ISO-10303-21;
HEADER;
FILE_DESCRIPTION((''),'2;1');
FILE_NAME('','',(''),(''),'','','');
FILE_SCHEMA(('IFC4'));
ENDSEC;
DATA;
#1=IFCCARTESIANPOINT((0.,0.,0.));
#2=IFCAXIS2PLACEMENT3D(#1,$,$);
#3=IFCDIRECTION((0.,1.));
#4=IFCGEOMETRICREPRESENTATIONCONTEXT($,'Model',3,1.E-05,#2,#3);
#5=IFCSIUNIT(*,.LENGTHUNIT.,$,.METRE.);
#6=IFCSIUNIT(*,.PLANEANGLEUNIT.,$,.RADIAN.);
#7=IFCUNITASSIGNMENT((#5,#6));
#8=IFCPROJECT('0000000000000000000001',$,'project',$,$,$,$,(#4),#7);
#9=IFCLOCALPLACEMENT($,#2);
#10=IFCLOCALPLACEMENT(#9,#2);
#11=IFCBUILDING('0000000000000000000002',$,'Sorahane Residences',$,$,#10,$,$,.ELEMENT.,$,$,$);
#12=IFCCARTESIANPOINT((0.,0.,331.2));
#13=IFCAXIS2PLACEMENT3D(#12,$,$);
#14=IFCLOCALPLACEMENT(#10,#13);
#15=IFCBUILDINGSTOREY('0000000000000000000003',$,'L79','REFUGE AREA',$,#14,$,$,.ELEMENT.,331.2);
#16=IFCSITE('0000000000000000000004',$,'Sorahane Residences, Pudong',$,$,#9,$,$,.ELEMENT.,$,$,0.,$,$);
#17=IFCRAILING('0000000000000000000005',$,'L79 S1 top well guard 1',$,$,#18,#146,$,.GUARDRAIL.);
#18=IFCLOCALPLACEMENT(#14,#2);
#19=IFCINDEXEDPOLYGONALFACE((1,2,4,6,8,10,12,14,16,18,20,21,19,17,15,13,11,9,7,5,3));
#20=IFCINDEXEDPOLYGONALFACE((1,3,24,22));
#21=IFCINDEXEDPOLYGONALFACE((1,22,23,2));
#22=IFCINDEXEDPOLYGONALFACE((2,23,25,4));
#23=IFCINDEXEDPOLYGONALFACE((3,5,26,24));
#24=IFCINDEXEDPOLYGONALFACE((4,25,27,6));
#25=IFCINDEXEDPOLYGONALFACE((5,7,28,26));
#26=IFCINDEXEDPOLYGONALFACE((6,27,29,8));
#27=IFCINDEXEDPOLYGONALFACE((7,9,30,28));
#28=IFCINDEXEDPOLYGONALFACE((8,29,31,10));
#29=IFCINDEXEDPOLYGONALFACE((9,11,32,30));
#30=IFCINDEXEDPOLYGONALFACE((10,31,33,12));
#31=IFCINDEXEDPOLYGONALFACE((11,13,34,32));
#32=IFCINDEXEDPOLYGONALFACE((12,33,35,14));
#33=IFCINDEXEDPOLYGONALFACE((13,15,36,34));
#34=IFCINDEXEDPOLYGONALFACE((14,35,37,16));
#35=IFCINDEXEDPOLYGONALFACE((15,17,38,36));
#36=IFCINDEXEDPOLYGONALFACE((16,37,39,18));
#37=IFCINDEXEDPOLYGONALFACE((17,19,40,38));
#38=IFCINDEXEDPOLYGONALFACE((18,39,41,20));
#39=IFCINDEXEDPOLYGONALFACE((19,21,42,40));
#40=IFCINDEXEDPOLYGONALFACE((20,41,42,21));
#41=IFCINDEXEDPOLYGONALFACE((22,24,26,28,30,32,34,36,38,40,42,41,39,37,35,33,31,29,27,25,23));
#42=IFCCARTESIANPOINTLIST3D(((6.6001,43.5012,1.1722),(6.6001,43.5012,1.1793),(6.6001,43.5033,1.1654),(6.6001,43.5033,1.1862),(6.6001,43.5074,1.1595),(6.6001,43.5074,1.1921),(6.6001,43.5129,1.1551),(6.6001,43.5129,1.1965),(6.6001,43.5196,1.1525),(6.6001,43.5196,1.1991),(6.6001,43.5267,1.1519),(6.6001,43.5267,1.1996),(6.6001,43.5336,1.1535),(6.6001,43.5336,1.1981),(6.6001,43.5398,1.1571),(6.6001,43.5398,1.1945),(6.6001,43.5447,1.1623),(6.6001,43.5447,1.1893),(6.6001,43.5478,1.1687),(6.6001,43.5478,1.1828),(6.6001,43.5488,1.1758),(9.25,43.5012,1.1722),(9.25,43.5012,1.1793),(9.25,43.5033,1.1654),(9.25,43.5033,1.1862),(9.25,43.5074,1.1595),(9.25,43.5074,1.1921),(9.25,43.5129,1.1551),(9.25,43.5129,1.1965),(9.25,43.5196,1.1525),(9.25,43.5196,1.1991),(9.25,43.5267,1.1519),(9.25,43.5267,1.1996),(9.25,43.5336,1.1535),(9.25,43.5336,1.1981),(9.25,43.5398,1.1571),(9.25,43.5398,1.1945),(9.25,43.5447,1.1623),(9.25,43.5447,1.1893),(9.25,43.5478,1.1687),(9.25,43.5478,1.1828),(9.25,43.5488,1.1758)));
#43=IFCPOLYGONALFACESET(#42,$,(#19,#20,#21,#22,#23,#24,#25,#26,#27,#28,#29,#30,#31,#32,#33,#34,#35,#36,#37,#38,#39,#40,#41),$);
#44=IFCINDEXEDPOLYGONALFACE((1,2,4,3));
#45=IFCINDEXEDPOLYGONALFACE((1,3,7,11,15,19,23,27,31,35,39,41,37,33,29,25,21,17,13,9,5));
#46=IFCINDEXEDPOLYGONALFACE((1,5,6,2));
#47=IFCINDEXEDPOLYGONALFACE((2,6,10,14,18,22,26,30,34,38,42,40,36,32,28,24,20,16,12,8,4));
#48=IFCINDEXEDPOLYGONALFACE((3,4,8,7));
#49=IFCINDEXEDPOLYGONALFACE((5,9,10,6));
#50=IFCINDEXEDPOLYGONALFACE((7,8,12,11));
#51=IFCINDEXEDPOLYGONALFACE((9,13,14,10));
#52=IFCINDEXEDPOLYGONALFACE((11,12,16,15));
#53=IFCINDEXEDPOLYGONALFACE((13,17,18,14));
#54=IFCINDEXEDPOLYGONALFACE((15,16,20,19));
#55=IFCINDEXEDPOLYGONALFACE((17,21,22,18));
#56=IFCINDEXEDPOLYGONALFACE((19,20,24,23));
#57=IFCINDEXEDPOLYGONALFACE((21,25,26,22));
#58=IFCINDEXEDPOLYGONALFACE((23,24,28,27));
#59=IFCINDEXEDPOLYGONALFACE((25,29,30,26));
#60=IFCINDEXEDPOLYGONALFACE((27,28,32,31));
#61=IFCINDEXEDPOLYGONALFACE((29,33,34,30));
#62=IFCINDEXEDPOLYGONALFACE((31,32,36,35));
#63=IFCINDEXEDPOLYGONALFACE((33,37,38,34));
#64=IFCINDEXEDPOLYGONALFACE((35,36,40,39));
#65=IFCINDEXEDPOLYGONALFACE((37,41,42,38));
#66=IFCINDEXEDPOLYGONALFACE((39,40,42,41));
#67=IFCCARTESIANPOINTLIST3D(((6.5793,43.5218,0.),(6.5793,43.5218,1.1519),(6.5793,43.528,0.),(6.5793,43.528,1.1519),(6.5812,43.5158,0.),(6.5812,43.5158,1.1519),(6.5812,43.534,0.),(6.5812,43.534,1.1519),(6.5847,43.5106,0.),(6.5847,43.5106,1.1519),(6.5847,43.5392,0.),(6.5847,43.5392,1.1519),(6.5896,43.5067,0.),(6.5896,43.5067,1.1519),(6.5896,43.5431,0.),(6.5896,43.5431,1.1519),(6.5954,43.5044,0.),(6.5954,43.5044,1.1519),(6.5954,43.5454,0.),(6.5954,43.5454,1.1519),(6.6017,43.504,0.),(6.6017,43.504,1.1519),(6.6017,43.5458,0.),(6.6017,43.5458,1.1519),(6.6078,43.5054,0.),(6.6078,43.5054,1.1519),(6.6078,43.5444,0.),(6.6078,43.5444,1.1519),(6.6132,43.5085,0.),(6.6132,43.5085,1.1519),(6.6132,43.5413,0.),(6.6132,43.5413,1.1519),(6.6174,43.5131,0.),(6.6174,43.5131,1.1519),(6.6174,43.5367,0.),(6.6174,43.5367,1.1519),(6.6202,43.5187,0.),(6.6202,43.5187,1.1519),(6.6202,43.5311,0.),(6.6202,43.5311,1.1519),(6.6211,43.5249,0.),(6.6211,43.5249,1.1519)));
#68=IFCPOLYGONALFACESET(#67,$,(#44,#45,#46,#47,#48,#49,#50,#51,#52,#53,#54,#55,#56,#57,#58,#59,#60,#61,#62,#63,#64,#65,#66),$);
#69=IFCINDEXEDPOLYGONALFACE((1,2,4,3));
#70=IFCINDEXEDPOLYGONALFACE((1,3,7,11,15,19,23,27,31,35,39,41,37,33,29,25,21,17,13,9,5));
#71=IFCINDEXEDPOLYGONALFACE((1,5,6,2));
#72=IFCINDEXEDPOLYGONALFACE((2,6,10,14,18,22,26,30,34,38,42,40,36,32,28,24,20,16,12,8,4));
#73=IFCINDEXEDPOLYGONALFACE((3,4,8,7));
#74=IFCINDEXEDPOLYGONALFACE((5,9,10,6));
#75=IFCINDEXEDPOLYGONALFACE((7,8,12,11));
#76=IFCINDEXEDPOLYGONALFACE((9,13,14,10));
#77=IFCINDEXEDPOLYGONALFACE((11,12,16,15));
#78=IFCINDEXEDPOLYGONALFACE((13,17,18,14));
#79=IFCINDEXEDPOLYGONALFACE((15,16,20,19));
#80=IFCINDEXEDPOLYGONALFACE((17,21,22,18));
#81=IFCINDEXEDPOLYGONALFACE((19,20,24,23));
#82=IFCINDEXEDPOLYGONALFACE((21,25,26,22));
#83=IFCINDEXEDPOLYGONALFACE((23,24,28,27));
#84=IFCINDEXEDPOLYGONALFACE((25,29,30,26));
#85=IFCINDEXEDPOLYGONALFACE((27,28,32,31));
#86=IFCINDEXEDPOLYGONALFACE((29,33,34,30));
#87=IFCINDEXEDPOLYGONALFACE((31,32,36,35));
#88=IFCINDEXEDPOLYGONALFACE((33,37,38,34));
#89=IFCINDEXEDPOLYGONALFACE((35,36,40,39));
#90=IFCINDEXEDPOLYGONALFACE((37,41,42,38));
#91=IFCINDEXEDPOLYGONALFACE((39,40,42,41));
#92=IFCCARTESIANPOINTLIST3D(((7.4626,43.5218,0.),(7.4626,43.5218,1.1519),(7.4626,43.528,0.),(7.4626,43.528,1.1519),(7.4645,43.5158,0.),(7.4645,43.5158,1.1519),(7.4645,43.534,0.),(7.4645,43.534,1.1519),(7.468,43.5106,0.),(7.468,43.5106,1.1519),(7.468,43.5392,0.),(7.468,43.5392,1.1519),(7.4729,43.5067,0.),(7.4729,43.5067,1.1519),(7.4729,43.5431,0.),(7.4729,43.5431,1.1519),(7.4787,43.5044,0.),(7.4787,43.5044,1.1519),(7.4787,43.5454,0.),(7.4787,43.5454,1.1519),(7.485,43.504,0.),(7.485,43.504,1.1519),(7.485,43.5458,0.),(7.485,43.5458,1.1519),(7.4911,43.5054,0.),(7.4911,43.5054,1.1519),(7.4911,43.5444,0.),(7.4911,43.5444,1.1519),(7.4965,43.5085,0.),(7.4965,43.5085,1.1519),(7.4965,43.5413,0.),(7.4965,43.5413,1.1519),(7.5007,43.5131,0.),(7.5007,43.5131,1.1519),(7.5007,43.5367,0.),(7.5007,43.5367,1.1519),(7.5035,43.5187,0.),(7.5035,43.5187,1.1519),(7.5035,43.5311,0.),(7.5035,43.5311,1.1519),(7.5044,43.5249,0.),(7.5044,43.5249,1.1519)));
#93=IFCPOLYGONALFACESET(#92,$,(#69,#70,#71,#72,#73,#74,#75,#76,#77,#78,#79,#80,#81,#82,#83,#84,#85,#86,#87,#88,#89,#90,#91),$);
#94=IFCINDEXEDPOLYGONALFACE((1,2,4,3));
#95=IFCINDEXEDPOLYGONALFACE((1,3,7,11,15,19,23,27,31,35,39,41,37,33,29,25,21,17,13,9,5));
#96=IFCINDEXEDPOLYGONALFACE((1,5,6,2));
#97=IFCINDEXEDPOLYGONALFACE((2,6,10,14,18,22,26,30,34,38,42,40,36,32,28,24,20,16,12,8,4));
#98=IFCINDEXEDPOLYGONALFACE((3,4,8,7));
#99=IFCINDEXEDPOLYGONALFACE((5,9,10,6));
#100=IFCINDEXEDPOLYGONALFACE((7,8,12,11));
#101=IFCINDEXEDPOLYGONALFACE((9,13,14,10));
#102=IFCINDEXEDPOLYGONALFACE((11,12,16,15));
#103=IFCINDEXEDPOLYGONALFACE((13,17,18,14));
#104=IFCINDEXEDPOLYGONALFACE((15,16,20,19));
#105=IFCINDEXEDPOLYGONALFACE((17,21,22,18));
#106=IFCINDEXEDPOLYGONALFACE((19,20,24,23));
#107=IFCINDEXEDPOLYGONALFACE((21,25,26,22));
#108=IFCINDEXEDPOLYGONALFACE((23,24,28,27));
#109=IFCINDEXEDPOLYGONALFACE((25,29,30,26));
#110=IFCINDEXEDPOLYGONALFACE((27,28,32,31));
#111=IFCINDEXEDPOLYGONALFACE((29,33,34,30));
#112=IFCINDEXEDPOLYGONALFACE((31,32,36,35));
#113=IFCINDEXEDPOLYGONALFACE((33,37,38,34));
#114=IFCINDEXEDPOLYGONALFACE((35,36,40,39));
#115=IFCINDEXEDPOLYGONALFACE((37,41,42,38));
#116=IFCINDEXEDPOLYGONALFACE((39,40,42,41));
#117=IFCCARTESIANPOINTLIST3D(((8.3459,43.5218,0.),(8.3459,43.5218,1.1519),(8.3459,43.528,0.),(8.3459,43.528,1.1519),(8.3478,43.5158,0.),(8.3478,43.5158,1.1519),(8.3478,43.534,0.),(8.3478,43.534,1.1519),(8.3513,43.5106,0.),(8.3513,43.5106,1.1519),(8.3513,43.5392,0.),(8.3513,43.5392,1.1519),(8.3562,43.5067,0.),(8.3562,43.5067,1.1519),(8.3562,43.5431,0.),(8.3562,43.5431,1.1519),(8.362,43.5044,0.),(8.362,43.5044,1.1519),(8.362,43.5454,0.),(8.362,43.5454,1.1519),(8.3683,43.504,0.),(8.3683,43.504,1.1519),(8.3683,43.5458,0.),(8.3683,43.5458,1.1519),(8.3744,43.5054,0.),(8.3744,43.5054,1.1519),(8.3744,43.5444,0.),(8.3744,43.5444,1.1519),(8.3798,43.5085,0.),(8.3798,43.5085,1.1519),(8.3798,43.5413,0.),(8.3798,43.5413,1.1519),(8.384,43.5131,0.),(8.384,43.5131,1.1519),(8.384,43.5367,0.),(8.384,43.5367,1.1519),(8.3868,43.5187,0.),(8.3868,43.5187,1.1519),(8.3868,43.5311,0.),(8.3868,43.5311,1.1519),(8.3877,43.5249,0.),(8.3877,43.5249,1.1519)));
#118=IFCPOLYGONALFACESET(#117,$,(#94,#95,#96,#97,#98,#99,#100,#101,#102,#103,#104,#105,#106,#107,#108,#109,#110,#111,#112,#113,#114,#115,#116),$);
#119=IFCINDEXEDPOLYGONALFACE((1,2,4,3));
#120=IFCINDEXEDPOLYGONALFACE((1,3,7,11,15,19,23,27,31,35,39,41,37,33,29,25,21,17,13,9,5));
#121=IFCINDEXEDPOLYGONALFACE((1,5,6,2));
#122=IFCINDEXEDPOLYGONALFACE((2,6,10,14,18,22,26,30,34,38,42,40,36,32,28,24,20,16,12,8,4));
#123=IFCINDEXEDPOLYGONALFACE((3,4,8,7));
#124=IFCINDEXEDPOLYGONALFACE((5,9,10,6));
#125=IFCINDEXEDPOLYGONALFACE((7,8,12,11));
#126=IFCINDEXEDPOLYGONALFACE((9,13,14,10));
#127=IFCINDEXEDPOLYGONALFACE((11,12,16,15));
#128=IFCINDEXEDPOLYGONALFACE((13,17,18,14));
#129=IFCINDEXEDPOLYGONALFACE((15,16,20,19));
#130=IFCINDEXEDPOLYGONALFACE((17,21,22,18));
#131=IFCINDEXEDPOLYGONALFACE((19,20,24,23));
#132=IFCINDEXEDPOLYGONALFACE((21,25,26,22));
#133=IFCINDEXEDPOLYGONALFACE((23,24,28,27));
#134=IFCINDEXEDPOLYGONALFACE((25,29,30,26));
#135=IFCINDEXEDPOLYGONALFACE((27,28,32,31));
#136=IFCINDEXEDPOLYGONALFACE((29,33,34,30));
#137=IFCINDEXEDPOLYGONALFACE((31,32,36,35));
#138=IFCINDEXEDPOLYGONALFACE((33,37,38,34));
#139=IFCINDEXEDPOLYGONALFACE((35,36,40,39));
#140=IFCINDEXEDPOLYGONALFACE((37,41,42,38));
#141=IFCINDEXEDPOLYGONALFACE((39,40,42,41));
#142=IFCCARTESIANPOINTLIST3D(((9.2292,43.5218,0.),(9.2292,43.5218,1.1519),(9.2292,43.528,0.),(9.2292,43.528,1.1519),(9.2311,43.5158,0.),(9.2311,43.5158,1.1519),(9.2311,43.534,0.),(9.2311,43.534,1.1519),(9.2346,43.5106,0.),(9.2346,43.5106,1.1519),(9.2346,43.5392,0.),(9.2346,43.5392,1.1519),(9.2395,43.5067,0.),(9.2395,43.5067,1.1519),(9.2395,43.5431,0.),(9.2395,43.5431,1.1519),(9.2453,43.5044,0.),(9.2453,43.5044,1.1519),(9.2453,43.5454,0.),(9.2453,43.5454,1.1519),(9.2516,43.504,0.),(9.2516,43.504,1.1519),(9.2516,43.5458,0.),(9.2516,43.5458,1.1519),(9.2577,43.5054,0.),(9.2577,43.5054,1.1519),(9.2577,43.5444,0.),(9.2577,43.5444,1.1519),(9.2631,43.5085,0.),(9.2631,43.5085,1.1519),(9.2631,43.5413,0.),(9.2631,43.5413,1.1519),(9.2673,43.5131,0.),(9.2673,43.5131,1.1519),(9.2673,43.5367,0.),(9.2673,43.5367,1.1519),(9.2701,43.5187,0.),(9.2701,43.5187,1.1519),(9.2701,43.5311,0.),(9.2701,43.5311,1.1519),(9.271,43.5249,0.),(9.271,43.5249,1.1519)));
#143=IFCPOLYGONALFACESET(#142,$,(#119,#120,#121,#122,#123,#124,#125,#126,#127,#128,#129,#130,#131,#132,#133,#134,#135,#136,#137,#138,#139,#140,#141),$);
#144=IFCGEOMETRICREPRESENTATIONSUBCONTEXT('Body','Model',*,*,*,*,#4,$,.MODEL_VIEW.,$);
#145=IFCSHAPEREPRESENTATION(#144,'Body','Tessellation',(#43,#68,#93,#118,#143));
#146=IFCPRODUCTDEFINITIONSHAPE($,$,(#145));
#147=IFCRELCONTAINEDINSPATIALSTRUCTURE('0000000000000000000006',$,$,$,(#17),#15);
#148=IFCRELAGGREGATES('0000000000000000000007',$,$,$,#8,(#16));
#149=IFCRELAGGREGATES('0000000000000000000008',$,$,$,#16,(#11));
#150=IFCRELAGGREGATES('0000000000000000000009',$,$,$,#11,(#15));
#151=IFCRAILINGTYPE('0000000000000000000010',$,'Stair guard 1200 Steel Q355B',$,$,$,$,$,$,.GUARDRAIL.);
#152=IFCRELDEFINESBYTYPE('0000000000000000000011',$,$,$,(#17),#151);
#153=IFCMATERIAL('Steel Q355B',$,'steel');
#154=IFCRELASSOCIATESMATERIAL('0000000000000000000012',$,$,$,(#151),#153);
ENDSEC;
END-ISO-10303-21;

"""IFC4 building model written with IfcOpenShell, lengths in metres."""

from ifc_helpers import new_model, si_unit, direction, frame, origin, origin_2d, place, context, subcontext, project, spatial, circle, extrude, material, type_object, element, save


model = new_model("IFC4")

# Units and contexts
model_context = context("Model", 3, precision=1e-05, world=origin(), true_north=direction((0.0, 1.0)))
body_context = subcontext(model_context, "Body", "Model", "MODEL_VIEW")
ifc_project = project(units=[si_unit("LENGTHUNIT", "METRE"), si_unit("PLANEANGLEUNIT", "RADIAN")], contexts=[model_context])

# Site, building, storey
site_placement = place(None, origin())
site = spatial("IfcSite", under=ifc_project, at=site_placement, Name="Sorahane Residences, Pudong", CompositionType="ELEMENT", RefElevation=0.0)
building_placement = place(site_placement, origin())
building = spatial("IfcBuilding", under=site, at=building_placement, Name="Sorahane Residences", CompositionType="ELEMENT")
storey_placement = place(building_placement, frame((0.0, 0.0, 331.2)))
storey = spatial("IfcBuildingStorey", under=building, at=storey_placement, Name="L79", Description="REFUGE AREA", CompositionType="ELEMENT", Elevation=331.2)

# Railing
ifc_material_1 = material(Name="Steel Q355B", Category="steel")
railing_type = type_object("IfcRailingType", Name="Stair guard 1200 Steel Q355B", PredefinedType="GUARDRAIL", material=ifc_material_1)
railing_1_placement = place(storey_placement, frame((6.6001, 43.5249, 0.0)))
element("IfcRailing", 1, at=railing_1_placement, inside=storey, type_object=railing_type, Name="L79 S1 top well guard 1", PredefinedType="GUARDRAIL", context=body_context, shape_type="SweptSolid", body=[
    extrude(circle(Radius=0.0239, at=origin_2d()), frame((0.0, 0.0, 1.1758), z_axis=(1.0, 0.0, 0.0), x_axis=(0.0, 1.0, 0.0)), (0.0, 0.0, 1.0), 2.6499),
    extrude(circle(Radius=0.021, at=origin_2d()), origin(), (0.0, 0.0, 1.0), 1.1519),
    extrude(circle(Radius=0.021, at=origin_2d()), frame((0.8833, 0.0, 0.0)), (0.0, 0.0, 1.0), 1.1519),
    extrude(circle(Radius=0.021, at=origin_2d()), frame((1.7666, 0.0, 0.0)), (0.0, 0.0, 1.0), 1.1519),
    extrude(circle(Radius=0.021, at=origin_2d()), frame((2.6499, 0.0, 0.0)), (0.0, 0.0, 1.0), 1.1519),
])

save(model, "model.ifc")
